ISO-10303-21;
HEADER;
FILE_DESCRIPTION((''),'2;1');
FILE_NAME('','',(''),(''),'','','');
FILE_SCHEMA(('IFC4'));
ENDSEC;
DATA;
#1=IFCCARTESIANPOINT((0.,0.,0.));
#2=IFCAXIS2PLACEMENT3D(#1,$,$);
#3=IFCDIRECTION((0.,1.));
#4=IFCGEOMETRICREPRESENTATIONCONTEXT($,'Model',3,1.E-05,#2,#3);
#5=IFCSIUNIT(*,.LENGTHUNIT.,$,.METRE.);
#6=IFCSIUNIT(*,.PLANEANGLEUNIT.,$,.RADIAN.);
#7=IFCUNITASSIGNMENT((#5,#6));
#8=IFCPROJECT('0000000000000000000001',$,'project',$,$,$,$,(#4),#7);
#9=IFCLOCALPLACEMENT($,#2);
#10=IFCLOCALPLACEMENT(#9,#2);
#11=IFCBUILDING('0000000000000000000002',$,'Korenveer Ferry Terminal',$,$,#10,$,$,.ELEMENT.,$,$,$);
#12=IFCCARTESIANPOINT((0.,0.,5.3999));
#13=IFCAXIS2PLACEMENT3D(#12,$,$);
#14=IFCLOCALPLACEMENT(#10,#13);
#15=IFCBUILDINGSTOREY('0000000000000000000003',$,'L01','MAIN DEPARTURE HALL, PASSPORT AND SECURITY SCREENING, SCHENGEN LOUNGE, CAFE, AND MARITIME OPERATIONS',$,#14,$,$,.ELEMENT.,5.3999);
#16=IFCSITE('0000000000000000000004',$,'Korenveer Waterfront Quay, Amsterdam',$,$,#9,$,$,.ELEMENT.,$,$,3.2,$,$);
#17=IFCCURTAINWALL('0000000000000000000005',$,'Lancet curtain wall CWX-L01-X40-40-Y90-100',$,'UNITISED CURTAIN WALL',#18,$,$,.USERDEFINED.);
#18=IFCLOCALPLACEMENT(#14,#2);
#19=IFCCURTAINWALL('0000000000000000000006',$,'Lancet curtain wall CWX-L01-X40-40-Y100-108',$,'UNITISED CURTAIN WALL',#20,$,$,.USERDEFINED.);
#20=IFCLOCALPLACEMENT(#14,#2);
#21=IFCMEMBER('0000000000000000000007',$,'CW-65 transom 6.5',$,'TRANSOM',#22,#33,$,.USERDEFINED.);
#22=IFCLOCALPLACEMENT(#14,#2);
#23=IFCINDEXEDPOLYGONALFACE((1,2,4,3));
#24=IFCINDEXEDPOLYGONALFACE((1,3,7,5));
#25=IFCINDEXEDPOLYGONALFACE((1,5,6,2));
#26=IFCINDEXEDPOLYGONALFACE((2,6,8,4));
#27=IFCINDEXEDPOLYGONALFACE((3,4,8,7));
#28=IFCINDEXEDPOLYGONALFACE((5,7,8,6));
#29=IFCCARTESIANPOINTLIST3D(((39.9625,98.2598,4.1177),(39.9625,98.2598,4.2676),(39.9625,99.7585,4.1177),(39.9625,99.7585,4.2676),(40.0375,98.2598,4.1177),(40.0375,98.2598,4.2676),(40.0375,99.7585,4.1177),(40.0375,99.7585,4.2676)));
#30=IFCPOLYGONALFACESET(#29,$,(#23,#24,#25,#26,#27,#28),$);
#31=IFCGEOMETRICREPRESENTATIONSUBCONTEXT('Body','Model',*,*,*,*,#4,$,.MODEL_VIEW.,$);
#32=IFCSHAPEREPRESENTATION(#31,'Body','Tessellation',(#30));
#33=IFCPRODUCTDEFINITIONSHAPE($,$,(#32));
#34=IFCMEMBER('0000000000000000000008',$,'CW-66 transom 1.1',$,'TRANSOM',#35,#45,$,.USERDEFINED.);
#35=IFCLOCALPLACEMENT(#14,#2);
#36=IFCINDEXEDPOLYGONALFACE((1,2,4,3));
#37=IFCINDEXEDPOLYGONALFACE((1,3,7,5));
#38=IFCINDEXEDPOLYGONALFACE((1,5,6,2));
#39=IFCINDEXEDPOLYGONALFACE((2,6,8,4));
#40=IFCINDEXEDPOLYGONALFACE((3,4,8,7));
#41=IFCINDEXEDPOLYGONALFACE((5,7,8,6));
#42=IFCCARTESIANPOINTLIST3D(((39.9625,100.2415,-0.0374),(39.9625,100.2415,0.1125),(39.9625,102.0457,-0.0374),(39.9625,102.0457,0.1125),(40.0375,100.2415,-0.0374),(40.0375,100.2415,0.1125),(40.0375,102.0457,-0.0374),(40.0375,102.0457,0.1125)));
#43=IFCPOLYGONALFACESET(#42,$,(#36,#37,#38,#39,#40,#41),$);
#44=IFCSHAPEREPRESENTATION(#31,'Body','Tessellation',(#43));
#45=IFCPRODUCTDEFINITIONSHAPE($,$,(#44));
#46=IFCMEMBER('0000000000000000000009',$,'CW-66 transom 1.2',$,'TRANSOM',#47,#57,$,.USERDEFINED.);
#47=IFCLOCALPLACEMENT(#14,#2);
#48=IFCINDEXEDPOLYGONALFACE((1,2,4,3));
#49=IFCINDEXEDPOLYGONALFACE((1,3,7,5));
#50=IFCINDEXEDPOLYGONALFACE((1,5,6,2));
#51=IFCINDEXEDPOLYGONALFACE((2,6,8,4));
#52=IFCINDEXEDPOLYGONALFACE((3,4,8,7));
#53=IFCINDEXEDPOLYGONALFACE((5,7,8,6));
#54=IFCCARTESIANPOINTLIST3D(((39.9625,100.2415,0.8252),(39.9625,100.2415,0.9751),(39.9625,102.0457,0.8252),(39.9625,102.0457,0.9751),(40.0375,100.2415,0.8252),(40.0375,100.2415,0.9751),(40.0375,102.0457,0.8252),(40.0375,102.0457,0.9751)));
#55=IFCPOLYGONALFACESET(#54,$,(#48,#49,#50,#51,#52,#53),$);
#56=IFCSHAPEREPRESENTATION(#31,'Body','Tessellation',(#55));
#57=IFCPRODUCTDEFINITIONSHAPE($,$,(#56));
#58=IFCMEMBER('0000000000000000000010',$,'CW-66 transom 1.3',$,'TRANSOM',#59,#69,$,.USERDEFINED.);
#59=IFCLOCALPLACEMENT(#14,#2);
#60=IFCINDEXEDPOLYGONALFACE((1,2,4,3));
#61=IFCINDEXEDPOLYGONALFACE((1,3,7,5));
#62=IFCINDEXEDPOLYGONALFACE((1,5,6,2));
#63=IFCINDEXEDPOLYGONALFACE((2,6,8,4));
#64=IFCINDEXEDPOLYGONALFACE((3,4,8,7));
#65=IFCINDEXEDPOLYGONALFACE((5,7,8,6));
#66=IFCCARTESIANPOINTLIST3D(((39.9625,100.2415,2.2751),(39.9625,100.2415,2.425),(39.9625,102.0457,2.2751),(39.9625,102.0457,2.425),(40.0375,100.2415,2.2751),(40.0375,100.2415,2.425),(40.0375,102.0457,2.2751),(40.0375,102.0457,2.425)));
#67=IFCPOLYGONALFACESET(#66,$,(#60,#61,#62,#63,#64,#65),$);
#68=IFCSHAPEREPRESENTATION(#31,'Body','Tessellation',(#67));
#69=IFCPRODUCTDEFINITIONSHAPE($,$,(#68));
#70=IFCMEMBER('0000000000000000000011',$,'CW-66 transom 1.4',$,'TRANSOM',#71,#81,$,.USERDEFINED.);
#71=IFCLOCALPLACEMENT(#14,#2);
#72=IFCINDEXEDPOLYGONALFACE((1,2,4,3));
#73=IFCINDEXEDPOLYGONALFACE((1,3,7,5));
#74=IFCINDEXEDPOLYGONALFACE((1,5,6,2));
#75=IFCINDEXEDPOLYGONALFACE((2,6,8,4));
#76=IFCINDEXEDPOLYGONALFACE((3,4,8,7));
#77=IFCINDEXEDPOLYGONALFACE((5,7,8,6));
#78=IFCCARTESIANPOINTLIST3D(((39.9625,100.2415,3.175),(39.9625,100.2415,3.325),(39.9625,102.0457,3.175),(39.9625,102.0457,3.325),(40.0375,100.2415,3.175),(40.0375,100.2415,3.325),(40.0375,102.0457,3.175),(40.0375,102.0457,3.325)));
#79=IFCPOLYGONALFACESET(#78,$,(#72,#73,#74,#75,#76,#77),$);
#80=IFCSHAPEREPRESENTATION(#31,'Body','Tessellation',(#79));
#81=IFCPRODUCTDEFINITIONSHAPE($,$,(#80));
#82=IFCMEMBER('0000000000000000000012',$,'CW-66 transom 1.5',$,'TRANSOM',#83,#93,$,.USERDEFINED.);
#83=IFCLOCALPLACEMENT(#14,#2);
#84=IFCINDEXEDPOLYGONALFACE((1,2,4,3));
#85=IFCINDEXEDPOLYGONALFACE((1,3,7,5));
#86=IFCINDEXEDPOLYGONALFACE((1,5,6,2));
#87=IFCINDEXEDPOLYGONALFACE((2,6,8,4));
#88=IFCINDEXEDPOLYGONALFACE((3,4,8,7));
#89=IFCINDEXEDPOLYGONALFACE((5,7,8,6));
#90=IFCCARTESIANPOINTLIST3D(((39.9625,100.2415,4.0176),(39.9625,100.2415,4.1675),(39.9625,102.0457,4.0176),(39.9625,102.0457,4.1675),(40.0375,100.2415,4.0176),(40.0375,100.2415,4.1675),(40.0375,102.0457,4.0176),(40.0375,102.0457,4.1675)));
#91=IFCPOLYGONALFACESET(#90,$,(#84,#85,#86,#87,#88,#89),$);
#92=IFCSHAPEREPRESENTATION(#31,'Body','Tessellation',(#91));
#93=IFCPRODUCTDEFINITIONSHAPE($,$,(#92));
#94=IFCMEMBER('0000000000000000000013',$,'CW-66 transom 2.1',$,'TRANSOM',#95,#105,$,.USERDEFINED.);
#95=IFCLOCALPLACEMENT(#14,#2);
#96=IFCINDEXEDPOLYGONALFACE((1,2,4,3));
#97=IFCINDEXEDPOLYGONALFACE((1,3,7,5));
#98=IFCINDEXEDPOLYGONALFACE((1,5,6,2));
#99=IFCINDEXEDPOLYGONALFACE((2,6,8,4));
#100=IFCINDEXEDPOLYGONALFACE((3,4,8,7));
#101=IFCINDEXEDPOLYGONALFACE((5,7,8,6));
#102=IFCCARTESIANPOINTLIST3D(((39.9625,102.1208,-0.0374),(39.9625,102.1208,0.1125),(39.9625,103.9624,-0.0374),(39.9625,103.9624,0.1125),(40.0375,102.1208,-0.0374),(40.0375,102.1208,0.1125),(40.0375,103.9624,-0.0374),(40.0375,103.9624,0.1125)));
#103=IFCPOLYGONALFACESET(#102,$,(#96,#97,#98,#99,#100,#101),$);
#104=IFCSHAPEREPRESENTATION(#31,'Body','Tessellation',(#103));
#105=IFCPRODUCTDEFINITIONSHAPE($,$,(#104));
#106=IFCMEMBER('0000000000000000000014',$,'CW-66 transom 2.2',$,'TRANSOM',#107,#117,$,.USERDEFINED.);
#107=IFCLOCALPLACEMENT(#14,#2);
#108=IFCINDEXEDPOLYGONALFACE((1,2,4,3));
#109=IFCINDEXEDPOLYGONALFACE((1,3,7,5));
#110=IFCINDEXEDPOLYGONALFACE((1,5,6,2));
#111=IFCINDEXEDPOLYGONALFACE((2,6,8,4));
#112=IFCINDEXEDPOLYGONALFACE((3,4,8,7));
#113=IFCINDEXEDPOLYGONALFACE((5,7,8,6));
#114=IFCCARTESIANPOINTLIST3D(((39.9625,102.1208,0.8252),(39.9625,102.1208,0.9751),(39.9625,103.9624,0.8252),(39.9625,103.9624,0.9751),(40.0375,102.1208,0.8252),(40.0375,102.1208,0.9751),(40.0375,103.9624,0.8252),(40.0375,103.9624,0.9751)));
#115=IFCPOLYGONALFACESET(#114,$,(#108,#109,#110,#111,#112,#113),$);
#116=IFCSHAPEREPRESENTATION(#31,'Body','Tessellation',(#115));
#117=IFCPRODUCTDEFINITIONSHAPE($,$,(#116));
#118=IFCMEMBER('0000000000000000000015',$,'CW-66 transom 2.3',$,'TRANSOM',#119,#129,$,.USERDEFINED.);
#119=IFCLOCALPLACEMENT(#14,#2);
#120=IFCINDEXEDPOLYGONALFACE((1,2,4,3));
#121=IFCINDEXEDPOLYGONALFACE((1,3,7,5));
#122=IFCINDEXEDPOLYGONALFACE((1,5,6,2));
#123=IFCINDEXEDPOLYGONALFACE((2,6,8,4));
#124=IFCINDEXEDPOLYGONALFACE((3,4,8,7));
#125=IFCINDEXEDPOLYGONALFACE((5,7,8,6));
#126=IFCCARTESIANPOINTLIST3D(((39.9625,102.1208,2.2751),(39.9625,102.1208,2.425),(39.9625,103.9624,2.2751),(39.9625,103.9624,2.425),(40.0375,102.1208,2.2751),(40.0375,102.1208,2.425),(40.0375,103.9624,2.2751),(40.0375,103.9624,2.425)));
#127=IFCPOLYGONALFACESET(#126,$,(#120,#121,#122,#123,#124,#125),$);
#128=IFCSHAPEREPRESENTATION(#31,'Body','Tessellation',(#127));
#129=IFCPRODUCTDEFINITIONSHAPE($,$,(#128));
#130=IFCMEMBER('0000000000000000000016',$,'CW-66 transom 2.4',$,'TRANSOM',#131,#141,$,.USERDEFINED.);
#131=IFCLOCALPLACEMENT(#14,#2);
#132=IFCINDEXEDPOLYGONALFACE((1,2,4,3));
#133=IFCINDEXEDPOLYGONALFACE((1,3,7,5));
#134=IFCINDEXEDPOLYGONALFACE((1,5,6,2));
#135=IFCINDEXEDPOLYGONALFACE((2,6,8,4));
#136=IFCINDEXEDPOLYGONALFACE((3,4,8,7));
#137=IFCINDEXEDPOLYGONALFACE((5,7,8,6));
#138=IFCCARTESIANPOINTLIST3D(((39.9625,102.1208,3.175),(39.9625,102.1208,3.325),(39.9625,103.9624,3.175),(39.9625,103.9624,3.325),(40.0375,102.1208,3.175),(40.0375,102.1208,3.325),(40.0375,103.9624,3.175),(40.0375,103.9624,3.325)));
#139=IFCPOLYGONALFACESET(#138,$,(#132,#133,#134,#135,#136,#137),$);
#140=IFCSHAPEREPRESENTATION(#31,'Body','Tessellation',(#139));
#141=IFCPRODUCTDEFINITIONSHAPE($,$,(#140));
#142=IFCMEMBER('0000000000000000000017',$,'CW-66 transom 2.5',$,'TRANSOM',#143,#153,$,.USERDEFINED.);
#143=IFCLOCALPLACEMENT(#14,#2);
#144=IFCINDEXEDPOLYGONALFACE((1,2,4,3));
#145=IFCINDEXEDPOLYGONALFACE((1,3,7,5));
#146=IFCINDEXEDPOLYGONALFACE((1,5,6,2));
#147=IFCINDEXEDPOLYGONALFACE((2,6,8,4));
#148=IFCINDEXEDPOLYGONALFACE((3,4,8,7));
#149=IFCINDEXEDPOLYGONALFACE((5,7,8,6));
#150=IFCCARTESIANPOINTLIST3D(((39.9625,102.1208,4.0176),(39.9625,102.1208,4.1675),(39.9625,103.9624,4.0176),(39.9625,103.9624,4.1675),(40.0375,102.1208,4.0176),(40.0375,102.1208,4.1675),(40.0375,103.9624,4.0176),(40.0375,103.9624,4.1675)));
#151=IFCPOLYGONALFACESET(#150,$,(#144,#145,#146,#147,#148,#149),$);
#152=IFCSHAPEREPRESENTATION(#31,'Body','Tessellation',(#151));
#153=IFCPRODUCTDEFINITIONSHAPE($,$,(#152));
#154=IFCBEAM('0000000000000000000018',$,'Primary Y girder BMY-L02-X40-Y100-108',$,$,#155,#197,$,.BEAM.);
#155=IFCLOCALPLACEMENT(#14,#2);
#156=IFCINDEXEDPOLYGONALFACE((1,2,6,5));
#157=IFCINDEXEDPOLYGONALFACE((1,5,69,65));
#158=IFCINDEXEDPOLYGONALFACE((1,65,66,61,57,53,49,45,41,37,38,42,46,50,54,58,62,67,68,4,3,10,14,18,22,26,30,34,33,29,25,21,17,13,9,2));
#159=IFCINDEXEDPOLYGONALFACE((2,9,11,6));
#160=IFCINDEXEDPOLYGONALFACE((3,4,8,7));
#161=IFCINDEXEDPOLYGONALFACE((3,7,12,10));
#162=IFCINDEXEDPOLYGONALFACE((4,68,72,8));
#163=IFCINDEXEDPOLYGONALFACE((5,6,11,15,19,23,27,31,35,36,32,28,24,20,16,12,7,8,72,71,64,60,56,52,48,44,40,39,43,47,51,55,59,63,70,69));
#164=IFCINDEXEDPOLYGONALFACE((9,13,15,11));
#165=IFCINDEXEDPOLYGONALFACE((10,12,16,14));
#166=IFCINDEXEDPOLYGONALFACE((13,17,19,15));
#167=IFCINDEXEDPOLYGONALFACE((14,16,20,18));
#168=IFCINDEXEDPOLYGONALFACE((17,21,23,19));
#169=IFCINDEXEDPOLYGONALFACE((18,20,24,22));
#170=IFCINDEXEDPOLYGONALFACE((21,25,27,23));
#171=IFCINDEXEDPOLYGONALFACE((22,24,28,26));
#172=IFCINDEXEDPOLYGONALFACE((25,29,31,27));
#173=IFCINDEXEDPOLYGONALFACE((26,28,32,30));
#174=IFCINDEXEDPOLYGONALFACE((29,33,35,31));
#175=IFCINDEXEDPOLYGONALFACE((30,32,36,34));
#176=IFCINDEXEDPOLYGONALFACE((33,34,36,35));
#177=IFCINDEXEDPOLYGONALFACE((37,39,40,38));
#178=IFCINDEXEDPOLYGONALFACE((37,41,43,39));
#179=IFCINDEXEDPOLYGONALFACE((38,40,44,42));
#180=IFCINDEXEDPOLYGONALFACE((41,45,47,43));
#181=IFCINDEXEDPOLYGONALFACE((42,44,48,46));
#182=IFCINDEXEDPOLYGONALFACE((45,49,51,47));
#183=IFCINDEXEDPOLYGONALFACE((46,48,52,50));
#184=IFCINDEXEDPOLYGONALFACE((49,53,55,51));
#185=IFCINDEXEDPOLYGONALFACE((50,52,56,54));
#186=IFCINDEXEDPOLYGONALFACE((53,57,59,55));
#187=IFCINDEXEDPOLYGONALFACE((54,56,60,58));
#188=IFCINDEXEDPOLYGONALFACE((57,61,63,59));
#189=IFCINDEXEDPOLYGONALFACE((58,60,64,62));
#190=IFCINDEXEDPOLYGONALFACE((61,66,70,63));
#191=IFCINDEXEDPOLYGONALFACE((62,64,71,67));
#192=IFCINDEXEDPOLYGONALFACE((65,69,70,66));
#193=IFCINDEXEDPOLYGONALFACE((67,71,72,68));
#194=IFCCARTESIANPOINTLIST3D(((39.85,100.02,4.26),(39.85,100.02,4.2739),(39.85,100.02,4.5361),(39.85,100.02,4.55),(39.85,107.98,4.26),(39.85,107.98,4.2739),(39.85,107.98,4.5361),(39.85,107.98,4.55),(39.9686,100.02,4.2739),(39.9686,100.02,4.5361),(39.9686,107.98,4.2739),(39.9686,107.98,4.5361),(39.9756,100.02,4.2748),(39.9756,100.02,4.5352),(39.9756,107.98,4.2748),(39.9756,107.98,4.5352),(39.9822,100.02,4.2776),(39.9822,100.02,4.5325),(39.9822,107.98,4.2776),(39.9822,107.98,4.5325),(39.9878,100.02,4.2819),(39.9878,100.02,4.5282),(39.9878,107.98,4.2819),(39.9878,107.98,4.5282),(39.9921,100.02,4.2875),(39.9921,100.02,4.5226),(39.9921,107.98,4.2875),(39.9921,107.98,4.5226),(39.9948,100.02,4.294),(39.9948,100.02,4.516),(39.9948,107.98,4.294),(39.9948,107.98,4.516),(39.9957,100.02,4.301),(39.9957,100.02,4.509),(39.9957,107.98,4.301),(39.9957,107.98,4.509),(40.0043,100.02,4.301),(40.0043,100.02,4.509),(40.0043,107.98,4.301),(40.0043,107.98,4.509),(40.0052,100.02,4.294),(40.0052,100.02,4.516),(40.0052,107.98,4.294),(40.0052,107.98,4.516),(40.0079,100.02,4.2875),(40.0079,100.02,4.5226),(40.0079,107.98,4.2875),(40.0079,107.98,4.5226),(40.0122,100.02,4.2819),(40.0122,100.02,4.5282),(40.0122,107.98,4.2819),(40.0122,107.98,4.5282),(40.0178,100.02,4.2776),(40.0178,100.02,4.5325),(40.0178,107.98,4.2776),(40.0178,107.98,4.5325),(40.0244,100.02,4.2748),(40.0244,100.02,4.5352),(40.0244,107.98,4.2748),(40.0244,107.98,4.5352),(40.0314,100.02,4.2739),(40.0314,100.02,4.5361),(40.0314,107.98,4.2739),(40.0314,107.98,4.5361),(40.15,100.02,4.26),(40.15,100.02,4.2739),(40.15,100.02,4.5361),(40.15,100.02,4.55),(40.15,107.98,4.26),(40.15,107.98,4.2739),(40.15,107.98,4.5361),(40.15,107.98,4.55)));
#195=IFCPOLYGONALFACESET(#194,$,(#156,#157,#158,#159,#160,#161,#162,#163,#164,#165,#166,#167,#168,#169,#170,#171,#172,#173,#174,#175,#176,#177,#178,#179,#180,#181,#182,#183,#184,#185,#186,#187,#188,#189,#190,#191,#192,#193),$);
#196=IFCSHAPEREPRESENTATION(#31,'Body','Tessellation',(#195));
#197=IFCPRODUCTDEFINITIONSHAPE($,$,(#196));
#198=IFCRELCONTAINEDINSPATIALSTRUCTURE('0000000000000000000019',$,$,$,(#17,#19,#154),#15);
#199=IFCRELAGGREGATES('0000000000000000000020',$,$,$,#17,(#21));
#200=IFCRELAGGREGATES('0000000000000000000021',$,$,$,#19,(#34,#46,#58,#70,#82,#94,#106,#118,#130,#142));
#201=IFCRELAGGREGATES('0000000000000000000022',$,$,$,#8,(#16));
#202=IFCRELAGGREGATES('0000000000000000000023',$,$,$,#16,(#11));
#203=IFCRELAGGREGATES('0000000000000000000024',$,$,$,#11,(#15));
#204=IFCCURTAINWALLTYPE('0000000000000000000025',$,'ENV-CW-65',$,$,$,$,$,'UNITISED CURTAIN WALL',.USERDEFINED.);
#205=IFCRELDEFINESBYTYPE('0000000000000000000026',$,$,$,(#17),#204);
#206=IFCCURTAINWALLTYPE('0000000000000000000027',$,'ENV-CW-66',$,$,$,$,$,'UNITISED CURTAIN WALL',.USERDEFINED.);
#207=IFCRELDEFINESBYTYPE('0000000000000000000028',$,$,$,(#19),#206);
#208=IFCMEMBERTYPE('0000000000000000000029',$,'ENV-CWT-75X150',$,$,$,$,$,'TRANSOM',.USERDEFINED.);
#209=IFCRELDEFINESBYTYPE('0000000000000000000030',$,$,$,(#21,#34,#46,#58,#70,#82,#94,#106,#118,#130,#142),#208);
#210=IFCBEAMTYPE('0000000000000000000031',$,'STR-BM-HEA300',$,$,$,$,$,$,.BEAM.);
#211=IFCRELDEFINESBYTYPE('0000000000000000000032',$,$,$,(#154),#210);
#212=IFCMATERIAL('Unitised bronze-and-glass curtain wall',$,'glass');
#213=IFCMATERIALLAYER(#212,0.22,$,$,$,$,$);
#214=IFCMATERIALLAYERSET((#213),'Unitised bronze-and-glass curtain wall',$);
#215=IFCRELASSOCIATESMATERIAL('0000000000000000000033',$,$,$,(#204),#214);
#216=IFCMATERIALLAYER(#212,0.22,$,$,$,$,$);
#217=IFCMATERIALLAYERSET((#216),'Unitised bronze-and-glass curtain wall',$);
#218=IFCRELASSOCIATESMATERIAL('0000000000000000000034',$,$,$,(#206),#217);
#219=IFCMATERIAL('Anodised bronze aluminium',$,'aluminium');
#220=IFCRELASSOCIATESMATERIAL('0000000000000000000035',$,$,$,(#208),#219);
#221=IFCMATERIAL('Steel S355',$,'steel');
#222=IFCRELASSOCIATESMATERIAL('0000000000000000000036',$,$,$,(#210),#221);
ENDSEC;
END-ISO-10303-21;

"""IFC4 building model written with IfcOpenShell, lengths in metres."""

from ifc_helpers import new_model, si_unit, direction, frame, origin, origin_2d, place, context, subcontext, project, spatial, rectangle, i_section, extrude, material, layer, layer_set, material_profile, profile_set, type_object, element, aggregate, save


model = new_model("IFC4")

# Units and contexts
model_context = context("Model", 3, precision=1e-05, world=origin(), true_north=direction((0.0, 1.0)))
body_context = subcontext(model_context, "Body", "Model", "MODEL_VIEW")
ifc_project = project(units=[si_unit("LENGTHUNIT", "METRE"), si_unit("PLANEANGLEUNIT", "RADIAN")], contexts=[model_context])

# Site, building, storey
site_placement = place(None, origin())
site = spatial("IfcSite", under=ifc_project, at=site_placement, Name="Korenveer Waterfront Quay, Amsterdam", CompositionType="ELEMENT", RefElevation=3.2)
building_placement = place(site_placement, origin())
building = spatial("IfcBuilding", under=site, at=building_placement, Name="Korenveer Ferry Terminal", CompositionType="ELEMENT")
storey_placement = place(building_placement, frame((0.0, 0.0, 5.3999)))
storey = spatial("IfcBuildingStorey", under=building, at=storey_placement, Name="L01", Description="MAIN DEPARTURE HALL, PASSPORT AND SECURITY SCREENING, SCHENGEN LOUNGE, CAFE, AND MARITIME OPERATIONS", CompositionType="ELEMENT", Elevation=5.3999)

# Shared definitions
ifc_material_1 = material(Name="Steel S355", Category="steel")

# Curtain walls
ifc_material_2 = material(Name="Unitised bronze-and-glass curtain wall", Category="glass")
ifc_layer_1 = layer(ifc_material_2, 0.22)
ifc_layer_set_1 = layer_set([ifc_layer_1], Name="Unitised bronze-and-glass curtain wall")
curtain_wall_type_1 = type_object("IfcCurtainWallType", Name="ENV-CW-65", ElementType="UNITISED CURTAIN WALL", PredefinedType="USERDEFINED", material=ifc_layer_set_1)
curtain_wall_1_placement = place(storey_placement, frame((40.0, 90.1665, 0.0)))
curtain_wall_1 = element("IfcCurtainWall", 1, at=curtain_wall_1_placement, inside=storey, type_object=curtain_wall_type_1, Name="Lancet curtain wall CWX-L01-X40-40-Y90-100", ObjectType="UNITISED CURTAIN WALL", PredefinedType="USERDEFINED")
ifc_material_3 = material(Name="Anodised bronze aluminium", Category="aluminium")
ifc_layer_2 = layer(ifc_material_2, 0.22)
ifc_layer_set_2 = layer_set([ifc_layer_2], Name="Unitised bronze-and-glass curtain wall")
curtain_wall_type_2 = type_object("IfcCurtainWallType", Name="ENV-CW-66", ElementType="UNITISED CURTAIN WALL", PredefinedType="USERDEFINED", material=ifc_layer_set_2)
curtain_wall_2_placement = place(storey_placement, frame((40.0, 100.1665, 0.0)))
curtain_wall_2 = element("IfcCurtainWall", 2, at=curtain_wall_2_placement, inside=storey, type_object=curtain_wall_type_2, Name="Lancet curtain wall CWX-L01-X40-40-Y100-108", ObjectType="UNITISED CURTAIN WALL", PredefinedType="USERDEFINED")

# Members
ifc_material_profile_1 = material_profile(ifc_material_3, rectangle(XDim=0.075, YDim=0.1499, at=origin_2d()), Name="ALU 75x150")
ifc_profile_set_1 = profile_set([ifc_material_profile_1], Name="Anodised bronze aluminium")
member_type_1 = type_object("IfcMemberType", Name="ENV-CWT-75X150", ElementType="TRANSOM", PredefinedType="USERDEFINED", material=ifc_profile_set_1)
member_1_placement = place(storey_placement, frame((40.0, 98.2598, 4.1926), z_axis=(0.0, 1.0, 0.0), x_axis=(-1.0, 0.0, 0.0)))
member_1 = element("IfcMember", 3, at=member_1_placement, type_object=member_type_1, Name="CW-65 transom 6.5", ObjectType="TRANSOM", PredefinedType="USERDEFINED", context=body_context, shape_type="SweptSolid", body=[
    extrude(rectangle(XDim=0.075, YDim=0.1499, at=origin_2d()), origin(), (0.0, 0.0, 1.0), 1.4988),
])
member_2_placement = place(storey_placement, frame((40.0, 100.2415, 0.0376), z_axis=(0.0, 1.0, 0.0), x_axis=(-1.0, 0.0, 0.0)))
member_2 = element("IfcMember", 4, at=member_2_placement, type_object=member_type_1, Name="CW-66 transom 1.1", ObjectType="TRANSOM", PredefinedType="USERDEFINED", context=body_context, shape_type="SweptSolid", body=[
    extrude(rectangle(XDim=0.075, YDim=0.1499, at=origin_2d()), origin(), (0.0, 0.0, 1.0), 1.8042),
])
member_3_placement = place(storey_placement, frame((40.0, 100.2415, 0.9001), z_axis=(0.0, 1.0, 0.0), x_axis=(-1.0, 0.0, 0.0)))
member_3 = element("IfcMember", 5, at=member_3_placement, type_object=member_type_1, Name="CW-66 transom 1.2", ObjectType="TRANSOM", PredefinedType="USERDEFINED", context=body_context, shape_type="SweptSolid", body=[
    extrude(rectangle(XDim=0.075, YDim=0.1499, at=origin_2d()), origin(), (0.0, 0.0, 1.0), 1.8042),
])
member_4_placement = place(storey_placement, frame((40.0, 100.2415, 2.3501), z_axis=(0.0, 1.0, 0.0), x_axis=(-1.0, 0.0, 0.0)))
member_4 = element("IfcMember", 6, at=member_4_placement, type_object=member_type_1, Name="CW-66 transom 1.3", ObjectType="TRANSOM", PredefinedType="USERDEFINED", context=body_context, shape_type="SweptSolid", body=[
    extrude(rectangle(XDim=0.075, YDim=0.1499, at=origin_2d()), origin(), (0.0, 0.0, 1.0), 1.8042),
])
member_5_placement = place(storey_placement, frame((40.0, 100.2415, 3.25), z_axis=(0.0, 1.0, 0.0), x_axis=(-1.0, 0.0, 0.0)))
member_5 = element("IfcMember", 7, at=member_5_placement, type_object=member_type_1, Name="CW-66 transom 1.4", ObjectType="TRANSOM", PredefinedType="USERDEFINED", context=body_context, shape_type="SweptSolid", body=[
    extrude(rectangle(XDim=0.075, YDim=0.1499, at=origin_2d()), origin(), (0.0, 0.0, 1.0), 1.8042),
])
member_6_placement = place(storey_placement, frame((40.0, 100.2415, 4.0925), z_axis=(0.0, 1.0, 0.0), x_axis=(-1.0, 0.0, 0.0)))
member_6 = element("IfcMember", 8, at=member_6_placement, type_object=member_type_1, Name="CW-66 transom 1.5", ObjectType="TRANSOM", PredefinedType="USERDEFINED", context=body_context, shape_type="SweptSolid", body=[
    extrude(rectangle(XDim=0.075, YDim=0.1499, at=origin_2d()), origin(), (0.0, 0.0, 1.0), 1.8042),
])
member_7_placement = place(storey_placement, frame((40.0, 102.1208, 0.0376), z_axis=(0.0, 1.0, 0.0), x_axis=(-1.0, 0.0, 0.0)))
member_7 = element("IfcMember", 9, at=member_7_placement, type_object=member_type_1, Name="CW-66 transom 2.1", ObjectType="TRANSOM", PredefinedType="USERDEFINED", context=body_context, shape_type="SweptSolid", body=[
    extrude(rectangle(XDim=0.075, YDim=0.1499, at=origin_2d()), origin(), (0.0, 0.0, 1.0), 1.8416),
])
member_8_placement = place(storey_placement, frame((40.0, 102.1208, 0.9001), z_axis=(0.0, 1.0, 0.0), x_axis=(-1.0, 0.0, 0.0)))
member_8 = element("IfcMember", 10, at=member_8_placement, type_object=member_type_1, Name="CW-66 transom 2.2", ObjectType="TRANSOM", PredefinedType="USERDEFINED", context=body_context, shape_type="SweptSolid", body=[
    extrude(rectangle(XDim=0.075, YDim=0.1499, at=origin_2d()), origin(), (0.0, 0.0, 1.0), 1.8416),
])
member_9_placement = place(storey_placement, frame((40.0, 102.1208, 2.3501), z_axis=(0.0, 1.0, 0.0), x_axis=(-1.0, 0.0, 0.0)))
member_9 = element("IfcMember", 11, at=member_9_placement, type_object=member_type_1, Name="CW-66 transom 2.3", ObjectType="TRANSOM", PredefinedType="USERDEFINED", context=body_context, shape_type="SweptSolid", body=[
    extrude(rectangle(XDim=0.075, YDim=0.1499, at=origin_2d()), origin(), (0.0, 0.0, 1.0), 1.8416),
])
member_10_placement = place(storey_placement, frame((40.0, 102.1208, 3.25), z_axis=(0.0, 1.0, 0.0), x_axis=(-1.0, 0.0, 0.0)))
member_10 = element("IfcMember", 12, at=member_10_placement, type_object=member_type_1, Name="CW-66 transom 2.4", ObjectType="TRANSOM", PredefinedType="USERDEFINED", context=body_context, shape_type="SweptSolid", body=[
    extrude(rectangle(XDim=0.075, YDim=0.1499, at=origin_2d()), origin(), (0.0, 0.0, 1.0), 1.8416),
])
member_11_placement = place(storey_placement, frame((40.0, 102.1208, 4.0925), z_axis=(0.0, 1.0, 0.0), x_axis=(-1.0, 0.0, 0.0)))
member_11 = element("IfcMember", 13, at=member_11_placement, type_object=member_type_1, Name="CW-66 transom 2.5", ObjectType="TRANSOM", PredefinedType="USERDEFINED", context=body_context, shape_type="SweptSolid", body=[
    extrude(rectangle(XDim=0.075, YDim=0.1499, at=origin_2d()), origin(), (0.0, 0.0, 1.0), 1.8416),
])

# Beam
ifc_material_profile_2 = material_profile(ifc_material_1, i_section(OverallWidth=0.3, OverallDepth=0.29, WebThickness=0.0085, FlangeThickness=0.0139, FilletRadius=0.0271, at=origin_2d()), Name="HEA 300")
ifc_profile_set_2 = profile_set([ifc_material_profile_2], Name="Steel S355")
beam_type_1 = type_object("IfcBeamType", Name="STR-BM-HEA300", PredefinedType="BEAM", material=ifc_profile_set_2)
beam_1_placement = place(storey_placement, frame((40.0, 100.02, 4.405), z_axis=(0.0, 1.0, 0.0), x_axis=(-1.0, 0.0, 0.0)))
element("IfcBeam", 14, at=beam_1_placement, inside=storey, type_object=beam_type_1, Name="Primary Y girder BMY-L02-X40-Y100-108", PredefinedType="BEAM", context=body_context, shape_type="SweptSolid", body=[
    extrude(i_section(OverallWidth=0.3, OverallDepth=0.29, WebThickness=0.0085, FlangeThickness=0.0139, FilletRadius=0.0271, at=origin_2d()), origin(), (0.0, 0.0, 1.0), 7.96),
])

aggregate(curtain_wall_1, [member_1])
aggregate(curtain_wall_2, [member_2, member_3, member_4, member_5, member_6, member_7, member_8, member_9, member_10, member_11])

save(model, "model.ifc")
